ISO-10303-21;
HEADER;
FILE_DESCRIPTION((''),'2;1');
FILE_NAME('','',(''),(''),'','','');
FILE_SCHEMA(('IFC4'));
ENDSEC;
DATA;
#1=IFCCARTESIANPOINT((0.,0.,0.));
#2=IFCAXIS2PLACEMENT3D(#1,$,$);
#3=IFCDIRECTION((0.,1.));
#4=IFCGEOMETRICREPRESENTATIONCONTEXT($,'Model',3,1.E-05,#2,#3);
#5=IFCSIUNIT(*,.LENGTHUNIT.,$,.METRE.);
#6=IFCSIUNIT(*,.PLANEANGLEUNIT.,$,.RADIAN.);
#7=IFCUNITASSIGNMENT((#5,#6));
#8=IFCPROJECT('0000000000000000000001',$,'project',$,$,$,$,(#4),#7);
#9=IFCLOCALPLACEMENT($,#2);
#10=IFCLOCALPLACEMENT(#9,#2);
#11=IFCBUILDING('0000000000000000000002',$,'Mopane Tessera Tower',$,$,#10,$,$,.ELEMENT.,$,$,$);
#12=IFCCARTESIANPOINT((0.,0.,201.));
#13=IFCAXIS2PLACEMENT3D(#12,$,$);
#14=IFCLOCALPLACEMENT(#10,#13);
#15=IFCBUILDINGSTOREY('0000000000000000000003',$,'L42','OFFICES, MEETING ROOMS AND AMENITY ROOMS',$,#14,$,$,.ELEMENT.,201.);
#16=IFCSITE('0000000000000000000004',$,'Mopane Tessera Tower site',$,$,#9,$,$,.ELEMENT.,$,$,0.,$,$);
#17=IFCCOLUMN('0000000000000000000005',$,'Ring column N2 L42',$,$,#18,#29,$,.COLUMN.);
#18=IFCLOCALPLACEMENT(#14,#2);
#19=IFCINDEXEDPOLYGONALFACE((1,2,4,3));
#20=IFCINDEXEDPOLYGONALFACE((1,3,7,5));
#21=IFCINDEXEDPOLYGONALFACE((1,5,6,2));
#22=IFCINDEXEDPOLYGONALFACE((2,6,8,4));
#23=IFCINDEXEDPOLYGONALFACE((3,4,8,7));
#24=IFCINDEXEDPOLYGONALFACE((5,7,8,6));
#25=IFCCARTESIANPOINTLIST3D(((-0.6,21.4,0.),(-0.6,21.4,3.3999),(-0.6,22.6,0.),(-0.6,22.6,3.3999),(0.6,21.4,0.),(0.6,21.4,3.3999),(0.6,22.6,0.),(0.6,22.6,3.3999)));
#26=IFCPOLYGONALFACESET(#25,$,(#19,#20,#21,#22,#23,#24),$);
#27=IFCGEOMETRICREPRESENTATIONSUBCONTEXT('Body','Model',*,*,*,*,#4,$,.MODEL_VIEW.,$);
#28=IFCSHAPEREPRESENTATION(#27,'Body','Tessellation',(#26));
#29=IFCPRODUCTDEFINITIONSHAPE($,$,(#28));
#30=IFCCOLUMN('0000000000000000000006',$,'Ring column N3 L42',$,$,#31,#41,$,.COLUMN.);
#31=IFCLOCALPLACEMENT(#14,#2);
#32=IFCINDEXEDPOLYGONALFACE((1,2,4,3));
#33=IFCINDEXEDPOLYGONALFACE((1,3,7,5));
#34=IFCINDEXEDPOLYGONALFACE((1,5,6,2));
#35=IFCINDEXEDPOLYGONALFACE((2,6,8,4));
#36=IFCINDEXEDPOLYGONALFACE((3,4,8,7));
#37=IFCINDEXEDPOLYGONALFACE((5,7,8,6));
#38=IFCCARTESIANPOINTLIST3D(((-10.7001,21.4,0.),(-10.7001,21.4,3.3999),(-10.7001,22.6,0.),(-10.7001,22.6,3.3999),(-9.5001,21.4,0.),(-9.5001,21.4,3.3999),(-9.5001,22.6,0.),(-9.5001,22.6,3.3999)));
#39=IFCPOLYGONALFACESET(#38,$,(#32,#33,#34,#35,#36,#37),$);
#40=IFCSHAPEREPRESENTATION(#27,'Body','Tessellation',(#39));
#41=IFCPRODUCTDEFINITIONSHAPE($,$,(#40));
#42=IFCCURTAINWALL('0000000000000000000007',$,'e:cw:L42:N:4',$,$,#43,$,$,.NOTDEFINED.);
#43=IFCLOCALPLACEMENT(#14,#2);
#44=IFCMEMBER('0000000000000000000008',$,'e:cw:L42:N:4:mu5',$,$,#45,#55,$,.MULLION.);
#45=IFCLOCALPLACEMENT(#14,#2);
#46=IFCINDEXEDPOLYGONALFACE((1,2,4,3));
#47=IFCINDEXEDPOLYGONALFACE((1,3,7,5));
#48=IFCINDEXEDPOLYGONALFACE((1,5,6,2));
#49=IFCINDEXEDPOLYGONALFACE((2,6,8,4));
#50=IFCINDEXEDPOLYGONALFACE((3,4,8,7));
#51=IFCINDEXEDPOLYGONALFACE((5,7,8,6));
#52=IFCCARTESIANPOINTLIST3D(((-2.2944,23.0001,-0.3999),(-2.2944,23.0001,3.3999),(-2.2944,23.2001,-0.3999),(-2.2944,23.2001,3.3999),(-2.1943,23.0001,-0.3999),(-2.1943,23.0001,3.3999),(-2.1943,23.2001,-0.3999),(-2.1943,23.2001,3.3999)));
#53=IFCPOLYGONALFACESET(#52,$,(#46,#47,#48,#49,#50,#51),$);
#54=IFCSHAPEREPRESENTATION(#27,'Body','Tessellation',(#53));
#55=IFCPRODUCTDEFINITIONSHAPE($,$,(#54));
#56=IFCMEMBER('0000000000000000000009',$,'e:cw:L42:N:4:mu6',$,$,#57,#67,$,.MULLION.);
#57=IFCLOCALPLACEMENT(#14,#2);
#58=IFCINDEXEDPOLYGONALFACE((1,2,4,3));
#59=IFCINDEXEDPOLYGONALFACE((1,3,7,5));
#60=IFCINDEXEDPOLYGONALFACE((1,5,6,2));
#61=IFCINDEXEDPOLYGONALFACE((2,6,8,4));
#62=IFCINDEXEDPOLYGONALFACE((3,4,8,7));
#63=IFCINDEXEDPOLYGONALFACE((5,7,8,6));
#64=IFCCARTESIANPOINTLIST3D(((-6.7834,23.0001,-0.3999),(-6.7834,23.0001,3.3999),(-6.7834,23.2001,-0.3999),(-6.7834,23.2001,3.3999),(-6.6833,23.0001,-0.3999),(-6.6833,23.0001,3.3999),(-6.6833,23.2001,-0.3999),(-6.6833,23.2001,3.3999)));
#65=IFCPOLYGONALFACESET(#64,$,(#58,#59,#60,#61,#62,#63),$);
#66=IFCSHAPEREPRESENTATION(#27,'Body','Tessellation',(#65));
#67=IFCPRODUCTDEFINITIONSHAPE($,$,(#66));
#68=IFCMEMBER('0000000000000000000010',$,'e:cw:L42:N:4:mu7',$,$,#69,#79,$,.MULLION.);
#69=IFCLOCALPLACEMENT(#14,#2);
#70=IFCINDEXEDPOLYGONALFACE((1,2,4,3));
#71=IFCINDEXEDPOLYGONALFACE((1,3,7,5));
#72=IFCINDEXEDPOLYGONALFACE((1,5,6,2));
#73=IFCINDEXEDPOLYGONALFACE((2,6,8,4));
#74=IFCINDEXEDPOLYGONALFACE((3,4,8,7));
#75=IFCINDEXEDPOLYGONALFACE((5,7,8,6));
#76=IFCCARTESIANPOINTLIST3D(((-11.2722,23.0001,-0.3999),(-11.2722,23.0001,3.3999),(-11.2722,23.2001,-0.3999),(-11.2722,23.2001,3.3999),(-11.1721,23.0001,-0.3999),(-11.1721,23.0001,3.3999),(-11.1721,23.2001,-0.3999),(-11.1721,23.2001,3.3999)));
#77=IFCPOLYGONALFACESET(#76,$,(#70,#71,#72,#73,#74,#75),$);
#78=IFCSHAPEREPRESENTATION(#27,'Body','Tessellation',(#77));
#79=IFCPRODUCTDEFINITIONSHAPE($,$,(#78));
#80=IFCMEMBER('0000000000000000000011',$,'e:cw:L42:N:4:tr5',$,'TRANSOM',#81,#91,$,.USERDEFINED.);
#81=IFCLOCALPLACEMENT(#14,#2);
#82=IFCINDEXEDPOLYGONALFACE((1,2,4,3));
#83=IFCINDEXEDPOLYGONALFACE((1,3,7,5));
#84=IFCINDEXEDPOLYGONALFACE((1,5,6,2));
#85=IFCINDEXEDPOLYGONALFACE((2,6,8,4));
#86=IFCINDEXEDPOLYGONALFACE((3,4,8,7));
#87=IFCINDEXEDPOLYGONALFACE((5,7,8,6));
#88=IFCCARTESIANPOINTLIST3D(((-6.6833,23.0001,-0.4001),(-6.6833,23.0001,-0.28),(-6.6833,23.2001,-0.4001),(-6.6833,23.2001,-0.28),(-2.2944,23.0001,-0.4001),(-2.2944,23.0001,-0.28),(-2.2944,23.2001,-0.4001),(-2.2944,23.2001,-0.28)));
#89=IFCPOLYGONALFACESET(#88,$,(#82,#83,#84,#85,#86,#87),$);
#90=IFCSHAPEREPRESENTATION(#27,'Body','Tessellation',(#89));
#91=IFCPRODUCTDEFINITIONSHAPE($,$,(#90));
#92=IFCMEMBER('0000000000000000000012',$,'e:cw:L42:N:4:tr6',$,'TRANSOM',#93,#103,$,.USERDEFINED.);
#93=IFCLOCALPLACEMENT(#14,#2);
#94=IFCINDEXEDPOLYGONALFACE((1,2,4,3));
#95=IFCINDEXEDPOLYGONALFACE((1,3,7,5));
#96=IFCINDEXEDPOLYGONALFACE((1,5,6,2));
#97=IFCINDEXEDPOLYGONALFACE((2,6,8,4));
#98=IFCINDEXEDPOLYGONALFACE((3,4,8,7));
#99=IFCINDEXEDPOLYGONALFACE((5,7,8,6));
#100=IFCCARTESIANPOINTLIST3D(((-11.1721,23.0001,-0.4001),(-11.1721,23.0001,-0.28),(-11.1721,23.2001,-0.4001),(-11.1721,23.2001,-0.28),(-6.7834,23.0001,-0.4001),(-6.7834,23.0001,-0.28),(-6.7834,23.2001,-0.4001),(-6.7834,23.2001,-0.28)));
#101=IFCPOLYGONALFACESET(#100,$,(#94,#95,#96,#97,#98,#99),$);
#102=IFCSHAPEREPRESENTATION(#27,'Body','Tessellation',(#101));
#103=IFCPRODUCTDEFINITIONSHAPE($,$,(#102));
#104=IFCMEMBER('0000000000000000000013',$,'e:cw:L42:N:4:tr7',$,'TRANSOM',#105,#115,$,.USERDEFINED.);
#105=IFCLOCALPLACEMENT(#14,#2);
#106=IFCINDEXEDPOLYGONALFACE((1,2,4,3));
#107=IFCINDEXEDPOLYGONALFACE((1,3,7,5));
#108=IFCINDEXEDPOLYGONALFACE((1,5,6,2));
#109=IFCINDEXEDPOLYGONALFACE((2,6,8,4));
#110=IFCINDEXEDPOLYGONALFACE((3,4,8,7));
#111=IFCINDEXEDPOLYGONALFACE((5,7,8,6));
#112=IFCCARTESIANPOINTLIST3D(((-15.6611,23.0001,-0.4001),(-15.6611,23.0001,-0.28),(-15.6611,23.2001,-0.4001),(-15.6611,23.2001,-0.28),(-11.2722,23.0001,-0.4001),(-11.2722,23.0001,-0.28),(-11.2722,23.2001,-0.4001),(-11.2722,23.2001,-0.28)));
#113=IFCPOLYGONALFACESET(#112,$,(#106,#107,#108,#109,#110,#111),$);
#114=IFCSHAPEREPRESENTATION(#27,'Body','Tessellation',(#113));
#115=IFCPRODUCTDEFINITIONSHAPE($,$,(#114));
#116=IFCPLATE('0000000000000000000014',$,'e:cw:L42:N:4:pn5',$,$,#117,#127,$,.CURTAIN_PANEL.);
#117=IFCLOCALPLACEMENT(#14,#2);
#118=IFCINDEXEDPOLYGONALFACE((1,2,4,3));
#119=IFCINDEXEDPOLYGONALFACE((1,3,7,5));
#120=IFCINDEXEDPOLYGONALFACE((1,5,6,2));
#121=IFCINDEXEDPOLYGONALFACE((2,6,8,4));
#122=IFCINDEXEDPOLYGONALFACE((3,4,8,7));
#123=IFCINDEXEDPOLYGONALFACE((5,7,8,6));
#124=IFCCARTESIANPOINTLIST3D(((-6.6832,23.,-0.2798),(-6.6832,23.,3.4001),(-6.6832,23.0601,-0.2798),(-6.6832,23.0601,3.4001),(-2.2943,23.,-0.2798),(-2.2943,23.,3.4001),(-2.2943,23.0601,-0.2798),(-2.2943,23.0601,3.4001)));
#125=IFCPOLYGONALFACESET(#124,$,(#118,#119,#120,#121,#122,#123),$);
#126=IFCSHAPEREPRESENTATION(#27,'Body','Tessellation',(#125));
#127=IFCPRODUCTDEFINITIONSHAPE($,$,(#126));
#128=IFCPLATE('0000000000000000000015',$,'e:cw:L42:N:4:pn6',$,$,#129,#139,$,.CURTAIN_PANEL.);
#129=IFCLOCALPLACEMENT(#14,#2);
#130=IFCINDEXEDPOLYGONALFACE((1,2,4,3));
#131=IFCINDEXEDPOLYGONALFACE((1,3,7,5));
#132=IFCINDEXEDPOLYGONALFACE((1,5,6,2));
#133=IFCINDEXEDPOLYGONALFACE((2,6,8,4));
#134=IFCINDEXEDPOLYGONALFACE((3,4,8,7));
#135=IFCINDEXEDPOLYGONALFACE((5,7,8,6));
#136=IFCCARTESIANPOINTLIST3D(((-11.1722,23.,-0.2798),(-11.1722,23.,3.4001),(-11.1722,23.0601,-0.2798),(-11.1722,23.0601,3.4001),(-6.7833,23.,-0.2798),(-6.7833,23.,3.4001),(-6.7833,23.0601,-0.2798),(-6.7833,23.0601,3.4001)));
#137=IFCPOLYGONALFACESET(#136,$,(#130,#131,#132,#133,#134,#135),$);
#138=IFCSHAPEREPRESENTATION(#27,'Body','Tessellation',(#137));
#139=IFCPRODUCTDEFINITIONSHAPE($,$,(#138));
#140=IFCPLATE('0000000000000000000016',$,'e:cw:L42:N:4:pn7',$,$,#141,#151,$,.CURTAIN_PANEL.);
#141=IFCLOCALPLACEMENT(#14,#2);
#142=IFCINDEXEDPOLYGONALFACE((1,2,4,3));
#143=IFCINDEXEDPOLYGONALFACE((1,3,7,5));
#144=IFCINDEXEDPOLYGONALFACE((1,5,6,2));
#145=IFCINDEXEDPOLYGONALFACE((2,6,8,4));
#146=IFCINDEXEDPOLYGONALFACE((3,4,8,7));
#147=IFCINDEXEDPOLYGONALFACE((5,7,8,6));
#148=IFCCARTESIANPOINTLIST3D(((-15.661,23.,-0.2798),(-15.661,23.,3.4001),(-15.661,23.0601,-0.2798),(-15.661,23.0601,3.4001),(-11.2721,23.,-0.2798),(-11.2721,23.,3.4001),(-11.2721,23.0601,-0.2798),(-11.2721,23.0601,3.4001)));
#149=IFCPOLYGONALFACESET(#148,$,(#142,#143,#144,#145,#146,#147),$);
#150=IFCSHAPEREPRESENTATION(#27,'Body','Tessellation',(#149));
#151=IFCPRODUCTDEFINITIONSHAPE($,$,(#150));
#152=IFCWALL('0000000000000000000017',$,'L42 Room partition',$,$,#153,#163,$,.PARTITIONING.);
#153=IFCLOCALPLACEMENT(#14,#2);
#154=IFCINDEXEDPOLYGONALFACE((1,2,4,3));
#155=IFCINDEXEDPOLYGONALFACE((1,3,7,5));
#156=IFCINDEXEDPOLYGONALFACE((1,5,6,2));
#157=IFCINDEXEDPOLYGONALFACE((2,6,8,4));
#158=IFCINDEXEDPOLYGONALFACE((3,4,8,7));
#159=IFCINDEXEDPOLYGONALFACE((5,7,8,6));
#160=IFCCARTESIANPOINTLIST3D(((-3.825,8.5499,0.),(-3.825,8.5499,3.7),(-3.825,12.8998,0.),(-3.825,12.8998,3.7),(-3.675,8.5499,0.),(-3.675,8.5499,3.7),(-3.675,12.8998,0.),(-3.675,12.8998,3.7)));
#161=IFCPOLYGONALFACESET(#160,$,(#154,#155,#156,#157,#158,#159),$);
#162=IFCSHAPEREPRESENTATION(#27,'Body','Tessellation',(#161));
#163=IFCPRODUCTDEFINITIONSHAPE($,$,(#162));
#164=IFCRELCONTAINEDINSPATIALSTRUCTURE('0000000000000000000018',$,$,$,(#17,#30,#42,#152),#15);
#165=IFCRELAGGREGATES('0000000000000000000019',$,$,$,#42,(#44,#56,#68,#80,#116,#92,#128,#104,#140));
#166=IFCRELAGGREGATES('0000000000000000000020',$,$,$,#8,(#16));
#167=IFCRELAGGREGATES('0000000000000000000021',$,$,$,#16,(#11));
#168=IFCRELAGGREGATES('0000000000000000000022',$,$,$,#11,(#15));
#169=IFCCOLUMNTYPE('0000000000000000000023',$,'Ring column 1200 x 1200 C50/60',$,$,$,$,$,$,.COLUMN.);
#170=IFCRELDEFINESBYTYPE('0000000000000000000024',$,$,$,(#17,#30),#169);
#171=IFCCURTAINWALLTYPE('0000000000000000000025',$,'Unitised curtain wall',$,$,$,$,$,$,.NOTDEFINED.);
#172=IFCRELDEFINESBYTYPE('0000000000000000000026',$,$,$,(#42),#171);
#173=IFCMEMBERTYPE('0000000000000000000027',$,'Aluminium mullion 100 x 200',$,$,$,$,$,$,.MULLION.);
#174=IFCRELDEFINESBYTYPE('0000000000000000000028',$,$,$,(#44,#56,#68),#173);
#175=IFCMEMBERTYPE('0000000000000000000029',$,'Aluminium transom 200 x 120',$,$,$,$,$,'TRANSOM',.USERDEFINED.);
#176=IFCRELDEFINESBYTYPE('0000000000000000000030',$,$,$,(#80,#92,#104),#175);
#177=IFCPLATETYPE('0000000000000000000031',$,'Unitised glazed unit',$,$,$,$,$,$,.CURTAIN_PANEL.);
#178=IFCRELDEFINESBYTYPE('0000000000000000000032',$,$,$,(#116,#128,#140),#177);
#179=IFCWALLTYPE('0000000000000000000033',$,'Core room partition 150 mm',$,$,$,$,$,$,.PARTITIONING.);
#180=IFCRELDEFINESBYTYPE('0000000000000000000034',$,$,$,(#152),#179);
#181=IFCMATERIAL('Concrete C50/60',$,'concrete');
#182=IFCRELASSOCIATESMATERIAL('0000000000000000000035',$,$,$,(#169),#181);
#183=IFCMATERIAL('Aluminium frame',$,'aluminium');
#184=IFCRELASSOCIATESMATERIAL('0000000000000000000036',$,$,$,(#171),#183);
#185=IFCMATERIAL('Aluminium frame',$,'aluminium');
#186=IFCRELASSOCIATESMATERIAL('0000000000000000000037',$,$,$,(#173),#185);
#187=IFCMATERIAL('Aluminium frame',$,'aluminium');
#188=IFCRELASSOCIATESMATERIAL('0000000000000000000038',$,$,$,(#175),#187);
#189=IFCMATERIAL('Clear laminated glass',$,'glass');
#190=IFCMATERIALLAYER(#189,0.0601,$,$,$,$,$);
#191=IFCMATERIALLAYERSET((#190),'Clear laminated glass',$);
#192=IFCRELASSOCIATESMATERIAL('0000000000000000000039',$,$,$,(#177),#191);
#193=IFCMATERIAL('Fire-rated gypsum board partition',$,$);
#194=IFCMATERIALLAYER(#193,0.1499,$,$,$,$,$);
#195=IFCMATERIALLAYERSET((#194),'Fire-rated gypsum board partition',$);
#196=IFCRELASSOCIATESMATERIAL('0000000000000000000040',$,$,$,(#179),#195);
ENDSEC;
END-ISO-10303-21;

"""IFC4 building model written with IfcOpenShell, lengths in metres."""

from ifc_helpers import new_model, si_unit, direction, frame, frame_2d, origin, origin_2d, place, context, subcontext, project, spatial, rectangle, extrude, material, layer, layer_set, material_profile, profile_set, type_object, element, aggregate, save


model = new_model("IFC4")

# Units and contexts
model_context = context("Model", 3, precision=1e-05, world=origin(), true_north=direction((0.0, 1.0)))
body_context = subcontext(model_context, "Body", "Model", "MODEL_VIEW")
ifc_project = project(units=[si_unit("LENGTHUNIT", "METRE"), si_unit("PLANEANGLEUNIT", "RADIAN")], contexts=[model_context])

# Site, building, storey
site_placement = place(None, origin())
site = spatial("IfcSite", under=ifc_project, at=site_placement, Name="Mopane Tessera Tower site", CompositionType="ELEMENT", RefElevation=0.0)
building_placement = place(site_placement, origin())
building = spatial("IfcBuilding", under=site, at=building_placement, Name="Mopane Tessera Tower", CompositionType="ELEMENT")
storey_placement = place(building_placement, frame((0.0, 0.0, 201.0)))
storey = spatial("IfcBuildingStorey", under=building, at=storey_placement, Name="L42", Description="OFFICES, MEETING ROOMS AND AMENITY ROOMS", CompositionType="ELEMENT", Elevation=201.0)

# Columns
ifc_material_1 = material(Name="Concrete C50/60", Category="concrete")
ifc_material_profile_1 = material_profile(ifc_material_1, rectangle(XDim=1.2, YDim=1.2, at=origin_2d()))
ifc_profile_set_1 = profile_set([ifc_material_profile_1], Name="Concrete C50/60")
column_type = type_object("IfcColumnType", Name="Ring column 1200 x 1200 C50/60", PredefinedType="COLUMN", material=ifc_profile_set_1)
for number, where, z_axis, x_axis, name in (
    (1, (0.0, 22.0, 0.0), (0.0, 0.0, 1.0), (1.0, 0.0, 0.0), "Ring column N2 L42"),
    (2, (-10.1001, 22.0, 0.0), (0.0, 0.0, 1.0), (1.0, 0.0, 0.0), "Ring column N3 L42"),
):
    element("IfcColumn", number, at=place(storey_placement, frame(where, z_axis=z_axis, x_axis=x_axis)), inside=storey, type_object=column_type, Name=name, PredefinedType="COLUMN", context=body_context, shape_type="SweptSolid", body=[
        extrude(rectangle(XDim=1.2, YDim=1.2, at=origin_2d()), origin(), (0.0, 0.0, 1.0), 3.3999),
    ])

# Curtain wall, members, plates
ifc_material_2 = material(Name="Aluminium frame", Category="aluminium")
curtain_wall_type = type_object("IfcCurtainWallType", Name="Unitised curtain wall", PredefinedType="NOTDEFINED", material=ifc_material_2)
curtain_wall_placement = place(storey_placement, origin())
curtain_wall = element("IfcCurtainWall", 3, at=curtain_wall_placement, inside=storey, type_object=curtain_wall_type, Name="e:cw:L42:N:4", PredefinedType="NOTDEFINED")
ifc_material_3 = material(Name="Aluminium frame", Category="aluminium")
ifc_material_profile_2 = material_profile(ifc_material_3, rectangle(XDim=0.1001, YDim=0.2, at=origin_2d()))
ifc_profile_set_2 = profile_set([ifc_material_profile_2], Name="Aluminium frame")
member_type_1 = type_object("IfcMemberType", Name="Aluminium mullion 100 x 200", PredefinedType="MULLION", material=ifc_profile_set_2)
member_1_placement = place(storey_placement, frame((-2.2444, 23.1001, -0.3999), z_axis=(0.0, 0.0, 1.0), x_axis=(-1.0, 0.0, 0.0)))
member_1 = element("IfcMember", 4, at=member_1_placement, type_object=member_type_1, Name="e:cw:L42:N:4:mu5", PredefinedType="MULLION", context=body_context, shape_type="SweptSolid", body=[
    extrude(rectangle(XDim=0.1001, YDim=0.2, at=origin_2d()), origin(), (0.0, 0.0, 1.0), 3.7998),
])
member_2_placement = place(storey_placement, frame((-6.7334, 23.1001, -0.3999), z_axis=(0.0, 0.0, 1.0), x_axis=(-1.0, 0.0, 0.0)))
member_2 = element("IfcMember", 5, at=member_2_placement, type_object=member_type_1, Name="e:cw:L42:N:4:mu6", PredefinedType="MULLION", context=body_context, shape_type="SweptSolid", body=[
    extrude(rectangle(XDim=0.1001, YDim=0.2, at=origin_2d()), origin(), (0.0, 0.0, 1.0), 3.7998),
])
member_3_placement = place(storey_placement, frame((-11.2222, 23.1001, -0.3999), z_axis=(0.0, 0.0, 1.0), x_axis=(-1.0, 0.0, 0.0)))
member_3 = element("IfcMember", 6, at=member_3_placement, type_object=member_type_1, Name="e:cw:L42:N:4:mu7", PredefinedType="MULLION", context=body_context, shape_type="SweptSolid", body=[
    extrude(rectangle(XDim=0.1001, YDim=0.2, at=origin_2d()), origin(), (0.0, 0.0, 1.0), 3.7998),
])
ifc_material_4 = material(Name="Aluminium frame", Category="aluminium")
ifc_material_profile_3 = material_profile(ifc_material_4, rectangle(XDim=0.2, YDim=0.1201, at=origin_2d()))
ifc_profile_set_3 = profile_set([ifc_material_profile_3], Name="Aluminium frame")
member_type_2 = type_object("IfcMemberType", Name="Aluminium transom 200 x 120", ElementType="TRANSOM", PredefinedType="USERDEFINED", material=ifc_profile_set_3)
member_4_placement = place(storey_placement, frame((-2.2944, 23.1001, -0.3401), z_axis=(-1.0, 0.0, 0.0), x_axis=(0.0, -1.0, 0.0)))
member_4 = element("IfcMember", 7, at=member_4_placement, type_object=member_type_2, Name="e:cw:L42:N:4:tr5", ObjectType="TRANSOM", PredefinedType="USERDEFINED", context=body_context, shape_type="SweptSolid", body=[
    extrude(rectangle(XDim=0.2, YDim=0.1201, at=origin_2d()), origin(), (0.0, 0.0, 1.0), 4.3889),
])
member_5_placement = place(storey_placement, frame((-6.7834, 23.1001, -0.3401), z_axis=(-1.0, 0.0, 0.0), x_axis=(0.0, -1.0, 0.0)))
member_5 = element("IfcMember", 8, at=member_5_placement, type_object=member_type_2, Name="e:cw:L42:N:4:tr6", ObjectType="TRANSOM", PredefinedType="USERDEFINED", context=body_context, shape_type="SweptSolid", body=[
    extrude(rectangle(XDim=0.2, YDim=0.1201, at=origin_2d()), origin(), (0.0, 0.0, 1.0), 4.3887),
])
member_6_placement = place(storey_placement, frame((-11.2722, 23.1001, -0.3401), z_axis=(-1.0, 0.0, 0.0), x_axis=(0.0, -1.0, 0.0)))
member_6 = element("IfcMember", 9, at=member_6_placement, type_object=member_type_2, Name="e:cw:L42:N:4:tr7", ObjectType="TRANSOM", PredefinedType="USERDEFINED", context=body_context, shape_type="SweptSolid", body=[
    extrude(rectangle(XDim=0.2, YDim=0.1201, at=origin_2d()), origin(), (0.0, 0.0, 1.0), 4.3889),
])
ifc_material_5 = material(Name="Clear laminated glass", Category="glass")
ifc_layer_1 = layer(ifc_material_5, 0.0601)
ifc_layer_set_1 = layer_set([ifc_layer_1], Name="Clear laminated glass")
plate_type = type_object("IfcPlateType", Name="Unitised glazed unit", PredefinedType="CURTAIN_PANEL", material=ifc_layer_set_1)
plate_1_placement = place(storey_placement, frame((-4.4888, 23.03, -0.2798), z_axis=(0.0, 0.0, 1.0), x_axis=(-1.0, 0.0, 0.0)))
plate_1 = element("IfcPlate", 10, at=plate_1_placement, type_object=plate_type, Name="e:cw:L42:N:4:pn5", PredefinedType="CURTAIN_PANEL", context=body_context, shape_type="SweptSolid", body=[
    extrude(rectangle(XDim=4.3889, YDim=0.0601, at=origin_2d()), origin(), (0.0, 0.0, 1.0), 3.6799),
])
plate_2_placement = place(storey_placement, frame((-8.9778, 23.03, -0.2798), z_axis=(0.0, 0.0, 1.0), x_axis=(-1.0, 0.0, 0.0)))
plate_2 = element("IfcPlate", 11, at=plate_2_placement, type_object=plate_type, Name="e:cw:L42:N:4:pn6", PredefinedType="CURTAIN_PANEL", context=body_context, shape_type="SweptSolid", body=[
    extrude(rectangle(XDim=4.3889, YDim=0.0601, at=origin_2d()), origin(), (0.0, 0.0, 1.0), 3.6799),
])
plate_3_placement = place(storey_placement, frame((-13.4666, 23.03, -0.2798), z_axis=(0.0, 0.0, 1.0), x_axis=(-1.0, 0.0, 0.0)))
plate_3 = element("IfcPlate", 12, at=plate_3_placement, type_object=plate_type, Name="e:cw:L42:N:4:pn7", PredefinedType="CURTAIN_PANEL", context=body_context, shape_type="SweptSolid", body=[
    extrude(rectangle(XDim=4.3889, YDim=0.0601, at=origin_2d()), origin(), (0.0, 0.0, 1.0), 3.6799),
])
aggregate(curtain_wall, [member_1, member_2, member_3, member_4, plate_1, member_5, plate_2, member_6, plate_3])

# Wall
ifc_material_6 = material(Name="Fire-rated gypsum board partition")
ifc_layer_2 = layer(ifc_material_6, 0.1499)
ifc_layer_set_2 = layer_set([ifc_layer_2], Name="Fire-rated gypsum board partition")
wall_type_1 = type_object("IfcWallType", Name="Core room partition 150 mm", PredefinedType="PARTITIONING", material=ifc_layer_set_2)
wall_1_placement = place(storey_placement, frame((-3.75, 8.55, 0.0), z_axis=(0.0, 0.0, 1.0), x_axis=(0.0, 1.0, 0.0)))
element("IfcWall", 13, at=wall_1_placement, inside=storey, type_object=wall_type_1, Name="L42 Room partition", PredefinedType="PARTITIONING", context=body_context, shape_type="SweptSolid", body=[
    extrude(rectangle(XDim=4.3499, YDim=0.1499, at=frame_2d((2.1748, 0.0))), origin(), (0.0, 0.0, 1.0), 3.7),
])

save(model, "model.ifc")
